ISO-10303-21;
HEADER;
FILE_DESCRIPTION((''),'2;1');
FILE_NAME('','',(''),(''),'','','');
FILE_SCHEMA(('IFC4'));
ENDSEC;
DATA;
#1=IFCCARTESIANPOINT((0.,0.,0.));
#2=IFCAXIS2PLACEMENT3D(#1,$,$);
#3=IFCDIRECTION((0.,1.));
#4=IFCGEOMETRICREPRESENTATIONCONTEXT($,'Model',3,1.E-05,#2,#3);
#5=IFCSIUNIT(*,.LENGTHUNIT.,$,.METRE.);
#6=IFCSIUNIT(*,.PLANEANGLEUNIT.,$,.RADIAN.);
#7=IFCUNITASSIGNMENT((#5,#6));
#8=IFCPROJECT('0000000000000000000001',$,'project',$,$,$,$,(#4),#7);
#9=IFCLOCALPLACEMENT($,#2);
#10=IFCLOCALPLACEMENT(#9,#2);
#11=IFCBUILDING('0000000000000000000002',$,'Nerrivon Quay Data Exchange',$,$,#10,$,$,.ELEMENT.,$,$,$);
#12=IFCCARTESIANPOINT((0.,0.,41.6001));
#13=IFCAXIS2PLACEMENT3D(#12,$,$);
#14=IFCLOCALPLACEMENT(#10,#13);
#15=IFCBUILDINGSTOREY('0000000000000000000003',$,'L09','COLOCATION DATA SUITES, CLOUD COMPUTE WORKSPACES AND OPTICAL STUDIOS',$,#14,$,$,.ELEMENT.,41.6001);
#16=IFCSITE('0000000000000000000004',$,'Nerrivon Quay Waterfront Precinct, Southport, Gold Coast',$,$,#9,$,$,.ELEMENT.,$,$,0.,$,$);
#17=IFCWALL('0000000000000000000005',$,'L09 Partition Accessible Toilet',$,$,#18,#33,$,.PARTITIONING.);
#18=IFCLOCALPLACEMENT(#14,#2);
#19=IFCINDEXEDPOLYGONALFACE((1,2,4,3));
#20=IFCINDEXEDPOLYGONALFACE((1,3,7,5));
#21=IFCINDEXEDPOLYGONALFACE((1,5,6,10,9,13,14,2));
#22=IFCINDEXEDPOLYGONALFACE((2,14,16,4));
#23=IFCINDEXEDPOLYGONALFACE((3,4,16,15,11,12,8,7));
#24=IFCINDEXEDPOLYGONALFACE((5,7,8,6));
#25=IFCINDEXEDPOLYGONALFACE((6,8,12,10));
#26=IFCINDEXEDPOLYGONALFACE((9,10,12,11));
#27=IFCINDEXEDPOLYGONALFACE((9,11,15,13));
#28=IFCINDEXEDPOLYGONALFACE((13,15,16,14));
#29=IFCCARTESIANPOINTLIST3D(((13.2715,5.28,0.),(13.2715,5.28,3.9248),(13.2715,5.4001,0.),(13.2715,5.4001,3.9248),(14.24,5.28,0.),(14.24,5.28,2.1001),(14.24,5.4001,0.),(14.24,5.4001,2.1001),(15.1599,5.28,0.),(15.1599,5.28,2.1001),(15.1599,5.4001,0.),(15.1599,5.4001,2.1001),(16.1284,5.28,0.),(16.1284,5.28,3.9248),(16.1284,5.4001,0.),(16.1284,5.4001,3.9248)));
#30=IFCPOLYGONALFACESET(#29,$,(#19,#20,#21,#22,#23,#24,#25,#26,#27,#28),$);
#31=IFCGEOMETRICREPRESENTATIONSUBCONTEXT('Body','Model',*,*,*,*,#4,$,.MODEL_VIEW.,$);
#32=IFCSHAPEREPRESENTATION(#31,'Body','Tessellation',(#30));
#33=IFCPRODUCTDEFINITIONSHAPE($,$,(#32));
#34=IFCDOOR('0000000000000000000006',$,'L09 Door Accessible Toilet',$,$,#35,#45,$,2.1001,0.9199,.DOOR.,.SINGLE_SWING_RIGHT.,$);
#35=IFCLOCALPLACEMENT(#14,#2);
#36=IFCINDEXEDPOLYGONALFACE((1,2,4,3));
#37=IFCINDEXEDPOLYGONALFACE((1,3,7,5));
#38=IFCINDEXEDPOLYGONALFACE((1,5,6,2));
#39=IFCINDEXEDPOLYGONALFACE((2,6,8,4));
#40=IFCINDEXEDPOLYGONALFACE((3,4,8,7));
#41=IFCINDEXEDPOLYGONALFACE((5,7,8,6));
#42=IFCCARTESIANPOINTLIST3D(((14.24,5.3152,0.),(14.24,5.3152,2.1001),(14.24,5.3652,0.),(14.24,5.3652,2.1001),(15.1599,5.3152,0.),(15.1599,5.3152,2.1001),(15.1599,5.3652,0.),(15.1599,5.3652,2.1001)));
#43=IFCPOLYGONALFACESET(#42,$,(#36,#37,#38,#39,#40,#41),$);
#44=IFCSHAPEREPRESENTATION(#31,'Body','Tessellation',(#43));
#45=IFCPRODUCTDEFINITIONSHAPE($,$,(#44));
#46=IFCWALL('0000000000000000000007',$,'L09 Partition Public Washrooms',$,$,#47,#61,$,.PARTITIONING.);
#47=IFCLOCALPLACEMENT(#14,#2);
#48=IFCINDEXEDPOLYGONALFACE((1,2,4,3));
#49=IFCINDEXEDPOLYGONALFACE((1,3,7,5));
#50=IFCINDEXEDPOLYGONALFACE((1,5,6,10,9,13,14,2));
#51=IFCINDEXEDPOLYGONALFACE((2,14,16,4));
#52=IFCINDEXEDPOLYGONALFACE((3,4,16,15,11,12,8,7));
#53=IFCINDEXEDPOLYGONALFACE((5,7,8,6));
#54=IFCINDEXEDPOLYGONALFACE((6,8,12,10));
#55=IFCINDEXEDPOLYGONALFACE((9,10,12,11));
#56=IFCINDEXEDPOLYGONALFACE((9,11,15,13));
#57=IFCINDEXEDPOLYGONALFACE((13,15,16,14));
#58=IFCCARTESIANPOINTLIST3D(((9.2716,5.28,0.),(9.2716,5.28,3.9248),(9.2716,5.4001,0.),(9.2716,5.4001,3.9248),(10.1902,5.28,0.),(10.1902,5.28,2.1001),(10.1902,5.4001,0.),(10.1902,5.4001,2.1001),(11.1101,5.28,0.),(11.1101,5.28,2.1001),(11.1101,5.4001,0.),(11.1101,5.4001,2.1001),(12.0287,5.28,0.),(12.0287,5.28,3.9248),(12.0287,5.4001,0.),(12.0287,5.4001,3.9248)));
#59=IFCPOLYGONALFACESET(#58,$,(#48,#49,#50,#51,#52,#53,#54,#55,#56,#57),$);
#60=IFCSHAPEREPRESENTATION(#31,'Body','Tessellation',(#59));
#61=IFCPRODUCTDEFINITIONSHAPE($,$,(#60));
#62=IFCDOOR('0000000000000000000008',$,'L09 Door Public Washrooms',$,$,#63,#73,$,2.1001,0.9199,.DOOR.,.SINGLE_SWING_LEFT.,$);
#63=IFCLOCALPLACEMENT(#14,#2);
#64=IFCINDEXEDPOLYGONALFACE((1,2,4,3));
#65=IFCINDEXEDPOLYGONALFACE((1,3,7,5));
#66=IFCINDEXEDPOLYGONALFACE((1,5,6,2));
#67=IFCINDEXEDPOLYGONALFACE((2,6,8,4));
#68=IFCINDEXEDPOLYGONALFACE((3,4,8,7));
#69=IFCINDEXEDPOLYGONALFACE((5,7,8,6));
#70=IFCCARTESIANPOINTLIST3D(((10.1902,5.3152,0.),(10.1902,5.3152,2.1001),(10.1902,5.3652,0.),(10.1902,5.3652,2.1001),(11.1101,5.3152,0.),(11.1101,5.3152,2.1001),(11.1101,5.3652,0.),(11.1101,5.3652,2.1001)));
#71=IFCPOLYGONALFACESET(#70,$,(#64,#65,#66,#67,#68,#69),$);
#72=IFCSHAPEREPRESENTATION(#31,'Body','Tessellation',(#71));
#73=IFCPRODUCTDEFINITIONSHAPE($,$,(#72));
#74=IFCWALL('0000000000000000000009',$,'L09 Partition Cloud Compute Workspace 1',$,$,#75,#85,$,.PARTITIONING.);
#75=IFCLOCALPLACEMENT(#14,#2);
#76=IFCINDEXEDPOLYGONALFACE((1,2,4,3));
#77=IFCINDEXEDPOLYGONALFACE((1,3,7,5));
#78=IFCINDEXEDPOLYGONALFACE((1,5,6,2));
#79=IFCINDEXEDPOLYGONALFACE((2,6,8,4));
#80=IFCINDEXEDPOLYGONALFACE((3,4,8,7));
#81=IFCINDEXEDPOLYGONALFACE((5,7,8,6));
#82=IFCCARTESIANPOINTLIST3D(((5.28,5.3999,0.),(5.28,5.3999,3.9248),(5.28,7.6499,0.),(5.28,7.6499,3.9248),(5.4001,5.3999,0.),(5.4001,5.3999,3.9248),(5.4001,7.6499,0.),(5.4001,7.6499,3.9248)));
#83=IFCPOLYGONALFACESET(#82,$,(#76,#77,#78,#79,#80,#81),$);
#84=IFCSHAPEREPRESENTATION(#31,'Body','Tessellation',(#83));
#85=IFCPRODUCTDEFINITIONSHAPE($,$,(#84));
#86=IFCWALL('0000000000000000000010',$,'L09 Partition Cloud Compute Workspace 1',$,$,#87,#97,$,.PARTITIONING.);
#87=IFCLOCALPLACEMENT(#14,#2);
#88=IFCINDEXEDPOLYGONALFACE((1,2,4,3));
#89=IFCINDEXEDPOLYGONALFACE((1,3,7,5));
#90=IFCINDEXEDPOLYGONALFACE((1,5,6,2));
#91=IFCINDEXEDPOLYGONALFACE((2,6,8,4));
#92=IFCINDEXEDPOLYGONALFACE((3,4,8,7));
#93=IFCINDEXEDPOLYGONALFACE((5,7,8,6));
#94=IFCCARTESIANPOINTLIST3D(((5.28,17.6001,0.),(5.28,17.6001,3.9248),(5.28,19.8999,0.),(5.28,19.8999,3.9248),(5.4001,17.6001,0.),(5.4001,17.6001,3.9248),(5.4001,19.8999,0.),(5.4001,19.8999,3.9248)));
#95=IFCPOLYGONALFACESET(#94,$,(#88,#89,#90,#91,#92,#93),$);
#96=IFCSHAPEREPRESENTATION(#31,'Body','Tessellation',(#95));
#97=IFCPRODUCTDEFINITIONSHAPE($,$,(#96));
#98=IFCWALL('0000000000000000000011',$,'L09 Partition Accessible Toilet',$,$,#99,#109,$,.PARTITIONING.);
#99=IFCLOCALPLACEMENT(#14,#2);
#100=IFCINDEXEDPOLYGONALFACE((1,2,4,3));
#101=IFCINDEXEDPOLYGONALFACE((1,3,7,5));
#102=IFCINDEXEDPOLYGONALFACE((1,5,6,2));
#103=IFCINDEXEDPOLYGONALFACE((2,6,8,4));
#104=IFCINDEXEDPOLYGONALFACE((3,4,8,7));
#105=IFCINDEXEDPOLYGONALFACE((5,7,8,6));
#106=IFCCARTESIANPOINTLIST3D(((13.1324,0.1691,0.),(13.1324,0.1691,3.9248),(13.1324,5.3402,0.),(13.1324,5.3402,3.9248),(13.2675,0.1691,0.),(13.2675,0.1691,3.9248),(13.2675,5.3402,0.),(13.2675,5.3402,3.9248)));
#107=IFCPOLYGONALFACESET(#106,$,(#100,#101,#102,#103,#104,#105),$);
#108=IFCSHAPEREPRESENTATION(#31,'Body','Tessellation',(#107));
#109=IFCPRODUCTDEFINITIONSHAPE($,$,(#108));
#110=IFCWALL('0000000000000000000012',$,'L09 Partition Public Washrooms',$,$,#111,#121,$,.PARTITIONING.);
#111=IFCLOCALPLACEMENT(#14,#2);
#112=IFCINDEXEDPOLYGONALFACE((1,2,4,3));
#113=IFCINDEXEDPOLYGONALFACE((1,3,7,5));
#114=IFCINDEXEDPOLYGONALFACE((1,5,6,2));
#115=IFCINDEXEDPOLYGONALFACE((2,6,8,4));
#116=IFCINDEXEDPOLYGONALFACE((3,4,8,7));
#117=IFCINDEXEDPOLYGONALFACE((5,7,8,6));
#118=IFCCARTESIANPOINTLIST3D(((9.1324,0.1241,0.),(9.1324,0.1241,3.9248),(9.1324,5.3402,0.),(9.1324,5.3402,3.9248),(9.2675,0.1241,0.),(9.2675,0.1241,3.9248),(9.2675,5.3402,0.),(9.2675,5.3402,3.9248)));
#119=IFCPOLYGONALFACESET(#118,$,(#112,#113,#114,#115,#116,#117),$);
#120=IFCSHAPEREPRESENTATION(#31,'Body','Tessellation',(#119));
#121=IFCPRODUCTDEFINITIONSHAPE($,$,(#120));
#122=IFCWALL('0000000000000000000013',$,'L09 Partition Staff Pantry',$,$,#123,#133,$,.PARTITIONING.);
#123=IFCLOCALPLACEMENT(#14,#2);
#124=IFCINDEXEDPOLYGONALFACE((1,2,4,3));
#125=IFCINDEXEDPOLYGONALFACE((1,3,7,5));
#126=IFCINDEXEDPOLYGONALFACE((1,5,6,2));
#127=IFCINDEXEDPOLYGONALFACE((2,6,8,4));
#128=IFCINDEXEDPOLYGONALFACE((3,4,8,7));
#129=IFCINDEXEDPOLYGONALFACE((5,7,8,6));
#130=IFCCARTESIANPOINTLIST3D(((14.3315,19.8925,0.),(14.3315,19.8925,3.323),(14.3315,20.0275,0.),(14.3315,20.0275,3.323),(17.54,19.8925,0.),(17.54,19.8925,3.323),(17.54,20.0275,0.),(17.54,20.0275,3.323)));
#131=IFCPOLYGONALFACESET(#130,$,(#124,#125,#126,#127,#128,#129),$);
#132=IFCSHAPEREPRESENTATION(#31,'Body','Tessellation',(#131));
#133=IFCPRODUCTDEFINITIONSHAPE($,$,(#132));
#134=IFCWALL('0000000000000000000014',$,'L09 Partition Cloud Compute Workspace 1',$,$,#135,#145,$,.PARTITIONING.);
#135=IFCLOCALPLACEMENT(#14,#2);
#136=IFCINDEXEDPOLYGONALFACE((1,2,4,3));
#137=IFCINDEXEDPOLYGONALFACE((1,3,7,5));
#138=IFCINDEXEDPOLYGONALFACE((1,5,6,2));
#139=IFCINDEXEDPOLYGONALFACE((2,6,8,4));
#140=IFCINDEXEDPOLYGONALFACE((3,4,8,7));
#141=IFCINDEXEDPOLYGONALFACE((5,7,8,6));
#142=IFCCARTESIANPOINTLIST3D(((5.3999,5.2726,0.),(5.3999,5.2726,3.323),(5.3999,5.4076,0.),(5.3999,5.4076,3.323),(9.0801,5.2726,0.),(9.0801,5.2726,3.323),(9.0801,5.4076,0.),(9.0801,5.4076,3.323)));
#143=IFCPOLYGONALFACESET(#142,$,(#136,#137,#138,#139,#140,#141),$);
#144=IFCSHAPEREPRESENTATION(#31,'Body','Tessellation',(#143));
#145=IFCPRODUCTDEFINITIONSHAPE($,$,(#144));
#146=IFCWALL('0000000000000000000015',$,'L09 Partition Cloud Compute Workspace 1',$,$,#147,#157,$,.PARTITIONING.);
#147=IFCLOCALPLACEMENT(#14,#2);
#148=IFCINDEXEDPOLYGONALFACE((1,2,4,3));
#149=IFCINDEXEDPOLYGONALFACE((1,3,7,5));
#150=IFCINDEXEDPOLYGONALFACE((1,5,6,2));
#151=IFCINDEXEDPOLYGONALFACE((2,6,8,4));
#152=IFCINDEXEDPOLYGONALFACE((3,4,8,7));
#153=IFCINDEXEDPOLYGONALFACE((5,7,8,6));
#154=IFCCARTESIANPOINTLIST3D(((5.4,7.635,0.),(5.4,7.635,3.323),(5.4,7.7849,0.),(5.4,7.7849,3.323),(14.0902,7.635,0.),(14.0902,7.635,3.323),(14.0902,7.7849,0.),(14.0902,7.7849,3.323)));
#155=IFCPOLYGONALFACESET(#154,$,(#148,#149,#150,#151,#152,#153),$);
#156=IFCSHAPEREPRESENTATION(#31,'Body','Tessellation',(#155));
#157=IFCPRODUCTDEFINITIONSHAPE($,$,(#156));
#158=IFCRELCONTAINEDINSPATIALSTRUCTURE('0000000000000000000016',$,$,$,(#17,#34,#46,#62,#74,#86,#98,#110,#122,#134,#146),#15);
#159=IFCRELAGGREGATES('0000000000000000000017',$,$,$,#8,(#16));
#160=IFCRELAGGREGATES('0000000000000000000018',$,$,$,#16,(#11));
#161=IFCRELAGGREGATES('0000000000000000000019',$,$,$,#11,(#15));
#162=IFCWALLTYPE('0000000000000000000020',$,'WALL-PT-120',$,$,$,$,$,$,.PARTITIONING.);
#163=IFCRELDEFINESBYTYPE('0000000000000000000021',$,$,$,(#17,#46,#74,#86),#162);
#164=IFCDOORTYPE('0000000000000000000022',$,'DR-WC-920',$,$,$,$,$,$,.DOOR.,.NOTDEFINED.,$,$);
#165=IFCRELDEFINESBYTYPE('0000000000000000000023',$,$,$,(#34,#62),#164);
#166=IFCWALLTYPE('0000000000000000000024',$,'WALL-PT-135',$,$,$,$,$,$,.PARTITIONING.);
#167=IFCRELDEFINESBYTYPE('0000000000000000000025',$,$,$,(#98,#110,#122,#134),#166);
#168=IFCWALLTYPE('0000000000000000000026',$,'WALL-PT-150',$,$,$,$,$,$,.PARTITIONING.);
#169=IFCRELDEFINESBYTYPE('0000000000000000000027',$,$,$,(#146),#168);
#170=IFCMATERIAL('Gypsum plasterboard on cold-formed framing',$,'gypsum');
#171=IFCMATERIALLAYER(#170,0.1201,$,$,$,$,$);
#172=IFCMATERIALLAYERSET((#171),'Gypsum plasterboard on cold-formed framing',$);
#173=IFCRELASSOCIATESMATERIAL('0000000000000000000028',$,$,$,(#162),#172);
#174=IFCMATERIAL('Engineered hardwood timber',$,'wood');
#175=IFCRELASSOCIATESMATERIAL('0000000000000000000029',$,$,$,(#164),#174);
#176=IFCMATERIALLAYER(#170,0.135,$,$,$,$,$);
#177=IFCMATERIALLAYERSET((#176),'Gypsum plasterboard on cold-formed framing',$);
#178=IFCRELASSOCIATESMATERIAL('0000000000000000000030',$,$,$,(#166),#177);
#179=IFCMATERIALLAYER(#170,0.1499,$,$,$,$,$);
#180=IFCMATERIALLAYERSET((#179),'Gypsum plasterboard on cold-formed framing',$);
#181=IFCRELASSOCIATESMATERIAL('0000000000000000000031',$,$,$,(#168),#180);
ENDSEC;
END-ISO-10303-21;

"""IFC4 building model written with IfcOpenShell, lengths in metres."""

from ifc_helpers import new_model, si_unit, direction, frame, frame_2d, origin, place, context, subcontext, project, spatial, rectangle, extrude, material, layer, layer_set, type_object, element, fill, save


model = new_model("IFC4")

# Units and contexts
model_context = context("Model", 3, precision=1e-05, world=origin(), true_north=direction((0.0, 1.0)))
body_context = subcontext(model_context, "Body", "Model", "MODEL_VIEW")
ifc_project = project(units=[si_unit("LENGTHUNIT", "METRE"), si_unit("PLANEANGLEUNIT", "RADIAN")], contexts=[model_context])

# Site, building, storey
site_placement = place(None, origin())
site = spatial("IfcSite", under=ifc_project, at=site_placement, Name="Nerrivon Quay Waterfront Precinct, Southport, Gold Coast", CompositionType="ELEMENT", RefElevation=0.0)
building_placement = place(site_placement, origin())
building = spatial("IfcBuilding", under=site, at=building_placement, Name="Nerrivon Quay Data Exchange", CompositionType="ELEMENT")
storey_placement = place(building_placement, frame((0.0, 0.0, 41.6001)))
storey = spatial("IfcBuildingStorey", under=building, at=storey_placement, Name="L09", Description="COLOCATION DATA SUITES, CLOUD COMPUTE WORKSPACES AND OPTICAL STUDIOS", CompositionType="ELEMENT", Elevation=41.6001)

# Walls, openings, doors
ifc_material_1 = material(Name="Gypsum plasterboard on cold-formed framing", Category="gypsum")
ifc_layer_1 = layer(ifc_material_1, 0.1201)
ifc_layer_set_1 = layer_set([ifc_layer_1], Name="Gypsum plasterboard on cold-formed framing")
wall_type_1 = type_object("IfcWallType", Name="WALL-PT-120", PredefinedType="PARTITIONING", material=ifc_layer_set_1)
wall_1_placement = place(storey_placement, frame((16.1284, 5.3401, 0.0), z_axis=(0.0, 0.0, 1.0), x_axis=(-1.0, 0.0, 0.0)))
wall_1 = element("IfcWall", 1, at=wall_1_placement, inside=storey, type_object=wall_type_1, Name="L09 Partition Accessible Toilet", PredefinedType="PARTITIONING", context=body_context, shape_type="SweptSolid", body=[
    extrude(rectangle(XDim=2.8569, YDim=0.1201, at=frame_2d((1.4285, 0.0))), origin(), (0.0, 0.0, 1.0), 3.9248),
])
opening_1_placement = place(wall_1_placement, frame((0.9685, 0.0, 0.0)))
opening_1 = element("IfcOpeningElement", 2, at=opening_1_placement, cuts=wall_1, PredefinedType="OPENING", context=body_context, shape_type="SweptSolid", body=[
    extrude(rectangle(XDim=0.9199, YDim=2.1001, at=frame_2d((0.46, 1.05))), frame((0.0, 0.0701, 0.0), z_axis=(0.0, -1.0, 0.0), x_axis=(1.0, 0.0, 0.0)), (0.0, 0.0, 1.0), 0.1401),
])
ifc_material_2 = material(Name="Engineered hardwood timber", Category="wood")
door_type_1 = type_object("IfcDoorType", Name="DR-WC-920", OperationType="NOTDEFINED", PredefinedType="DOOR", material=ifc_material_2)
door_1_placement = place(opening_1_placement, origin())
door_1 = element("IfcDoor", 3, at=door_1_placement, inside=storey, type_object=door_type_1, Name="L09 Door Accessible Toilet", OperationType="SINGLE_SWING_RIGHT", OverallHeight=2.1001, OverallWidth=0.9199, PredefinedType="DOOR", context=body_context, shape_type="SweptSolid", body=[
    extrude(rectangle(XDim=0.9199, YDim=2.1001, at=frame_2d((0.46, 1.05))), frame((0.0, 0.0249, 0.0), z_axis=(0.0, -1.0, 0.0), x_axis=(1.0, 0.0, 0.0)), (0.0, 0.0, 1.0), 0.05),
])
fill(opening_1, door_1)
wall_2_placement = place(storey_placement, frame((12.0286, 5.3401, 0.0), z_axis=(0.0, 0.0, 1.0), x_axis=(-1.0, 0.0, 0.0)))
wall_2 = element("IfcWall", 4, at=wall_2_placement, inside=storey, type_object=wall_type_1, Name="L09 Partition Public Washrooms", PredefinedType="PARTITIONING", context=body_context, shape_type="SweptSolid", body=[
    extrude(rectangle(XDim=2.7571, YDim=0.1201, at=frame_2d((1.3784, 0.0))), origin(), (0.0, 0.0, 1.0), 3.9248),
])
opening_2_placement = place(wall_2_placement, frame((0.9185, 0.0, 0.0)))
opening_2 = element("IfcOpeningElement", 5, at=opening_2_placement, cuts=wall_2, PredefinedType="OPENING", context=body_context, shape_type="SweptSolid", body=[
    extrude(rectangle(XDim=0.9199, YDim=2.1001, at=frame_2d((0.46, 1.05))), frame((0.0, 0.0701, 0.0), z_axis=(0.0, -1.0, 0.0), x_axis=(1.0, 0.0, 0.0)), (0.0, 0.0, 1.0), 0.1401),
])
door_2_placement = place(opening_2_placement, origin())
door_2 = element("IfcDoor", 6, at=door_2_placement, inside=storey, type_object=door_type_1, Name="L09 Door Public Washrooms", OperationType="SINGLE_SWING_LEFT", OverallHeight=2.1001, OverallWidth=0.9199, PredefinedType="DOOR", context=body_context, shape_type="SweptSolid", body=[
    extrude(rectangle(XDim=0.9199, YDim=2.1001, at=frame_2d((0.46, 1.05))), frame((0.0, 0.0249, 0.0), z_axis=(0.0, -1.0, 0.0), x_axis=(1.0, 0.0, 0.0)), (0.0, 0.0, 1.0), 0.05),
])
fill(opening_2, door_2)

# Walls
wall_3_placement = place(storey_placement, frame((5.3401, 5.3999, 0.0), z_axis=(0.0, 0.0, 1.0), x_axis=(0.0, 1.0, 0.0)))
element("IfcWall", 7, at=wall_3_placement, inside=storey, type_object=wall_type_1, Name="L09 Partition Cloud Compute Workspace 1", PredefinedType="PARTITIONING", context=body_context, shape_type="SweptSolid", body=[
    extrude(rectangle(XDim=2.25, YDim=0.1201, at=frame_2d((1.125, 0.0))), origin(), (0.0, 0.0, 1.0), 3.9248),
])
wall_4_placement = place(storey_placement, frame((5.3401, 17.6001, 0.0), z_axis=(0.0, 0.0, 1.0), x_axis=(0.0, 1.0, 0.0)))
element("IfcWall", 8, at=wall_4_placement, inside=storey, type_object=wall_type_1, Name="L09 Partition Cloud Compute Workspace 1", PredefinedType="PARTITIONING", context=body_context, shape_type="SweptSolid", body=[
    extrude(rectangle(XDim=2.2998, YDim=0.1201, at=frame_2d((1.1499, 0.0))), origin(), (0.0, 0.0, 1.0), 3.9248),
])
ifc_layer_2 = layer(ifc_material_1, 0.135)
ifc_layer_set_2 = layer_set([ifc_layer_2], Name="Gypsum plasterboard on cold-formed framing")
wall_type_2 = type_object("IfcWallType", Name="WALL-PT-135", PredefinedType="PARTITIONING", material=ifc_layer_set_2)
wall_5_placement = place(storey_placement, frame((13.2, 5.3401, 0.0), z_axis=(0.0, 0.0, 1.0), x_axis=(0.0, -1.0, 0.0)))
element("IfcWall", 9, at=wall_5_placement, inside=storey, type_object=wall_type_2, Name="L09 Partition Accessible Toilet", PredefinedType="PARTITIONING", context=body_context, shape_type="SweptSolid", body=[
    extrude(rectangle(XDim=5.1711, YDim=0.135, at=frame_2d((2.5854, 0.0))), origin(), (0.0, 0.0, 1.0), 3.9248),
])
wall_6_placement = place(storey_placement, frame((9.2, 5.3401, 0.0), z_axis=(0.0, 0.0, 1.0), x_axis=(0.0, -1.0, 0.0)))
element("IfcWall", 10, at=wall_6_placement, inside=storey, type_object=wall_type_2, Name="L09 Partition Public Washrooms", PredefinedType="PARTITIONING", context=body_context, shape_type="SweptSolid", body=[
    extrude(rectangle(XDim=5.2161, YDim=0.135, at=frame_2d((2.6079, 0.0))), origin(), (0.0, 0.0, 1.0), 3.9248),
])
wall_7_placement = place(storey_placement, frame((14.3315, 19.96, 0.0), z_axis=(0.0, 0.0, 1.0), x_axis=(1.0, 0.0, 0.0)))
element("IfcWall", 11, at=wall_7_placement, inside=storey, type_object=wall_type_2, Name="L09 Partition Staff Pantry", PredefinedType="PARTITIONING", context=body_context, shape_type="SweptSolid", body=[
    extrude(rectangle(XDim=3.2085, YDim=0.135, at=frame_2d((1.6042, 0.0))), origin(), (0.0, 0.0, 1.0), 3.323),
])
wall_8_placement = place(storey_placement, frame((9.0801, 5.3401, 0.0), z_axis=(0.0, 0.0, 1.0), x_axis=(-1.0, 0.0, 0.0)))
element("IfcWall", 12, at=wall_8_placement, inside=storey, type_object=wall_type_2, Name="L09 Partition Cloud Compute Workspace 1", PredefinedType="PARTITIONING", context=body_context, shape_type="SweptSolid", body=[
    extrude(rectangle(XDim=3.6802, YDim=0.135, at=frame_2d((1.8401, 0.0))), origin(), (0.0, 0.0, 1.0), 3.323),
])
ifc_layer_3 = layer(ifc_material_1, 0.1499)
ifc_layer_set_3 = layer_set([ifc_layer_3], Name="Gypsum plasterboard on cold-formed framing")
wall_type_3 = type_object("IfcWallType", Name="WALL-PT-150", PredefinedType="PARTITIONING", material=ifc_layer_set_3)
wall_9_placement = place(storey_placement, frame((5.3999, 7.71, 0.0), z_axis=(0.0, 0.0, 1.0), x_axis=(1.0, 0.0, 0.0)))
element("IfcWall", 13, at=wall_9_placement, inside=storey, type_object=wall_type_3, Name="L09 Partition Cloud Compute Workspace 1", PredefinedType="PARTITIONING", context=body_context, shape_type="SweptSolid", body=[
    extrude(rectangle(XDim=8.6902, YDim=0.1499, at=frame_2d((4.3452, 0.0))), origin(), (0.0, 0.0, 1.0), 3.323),
])

save(model, "model.ifc")
